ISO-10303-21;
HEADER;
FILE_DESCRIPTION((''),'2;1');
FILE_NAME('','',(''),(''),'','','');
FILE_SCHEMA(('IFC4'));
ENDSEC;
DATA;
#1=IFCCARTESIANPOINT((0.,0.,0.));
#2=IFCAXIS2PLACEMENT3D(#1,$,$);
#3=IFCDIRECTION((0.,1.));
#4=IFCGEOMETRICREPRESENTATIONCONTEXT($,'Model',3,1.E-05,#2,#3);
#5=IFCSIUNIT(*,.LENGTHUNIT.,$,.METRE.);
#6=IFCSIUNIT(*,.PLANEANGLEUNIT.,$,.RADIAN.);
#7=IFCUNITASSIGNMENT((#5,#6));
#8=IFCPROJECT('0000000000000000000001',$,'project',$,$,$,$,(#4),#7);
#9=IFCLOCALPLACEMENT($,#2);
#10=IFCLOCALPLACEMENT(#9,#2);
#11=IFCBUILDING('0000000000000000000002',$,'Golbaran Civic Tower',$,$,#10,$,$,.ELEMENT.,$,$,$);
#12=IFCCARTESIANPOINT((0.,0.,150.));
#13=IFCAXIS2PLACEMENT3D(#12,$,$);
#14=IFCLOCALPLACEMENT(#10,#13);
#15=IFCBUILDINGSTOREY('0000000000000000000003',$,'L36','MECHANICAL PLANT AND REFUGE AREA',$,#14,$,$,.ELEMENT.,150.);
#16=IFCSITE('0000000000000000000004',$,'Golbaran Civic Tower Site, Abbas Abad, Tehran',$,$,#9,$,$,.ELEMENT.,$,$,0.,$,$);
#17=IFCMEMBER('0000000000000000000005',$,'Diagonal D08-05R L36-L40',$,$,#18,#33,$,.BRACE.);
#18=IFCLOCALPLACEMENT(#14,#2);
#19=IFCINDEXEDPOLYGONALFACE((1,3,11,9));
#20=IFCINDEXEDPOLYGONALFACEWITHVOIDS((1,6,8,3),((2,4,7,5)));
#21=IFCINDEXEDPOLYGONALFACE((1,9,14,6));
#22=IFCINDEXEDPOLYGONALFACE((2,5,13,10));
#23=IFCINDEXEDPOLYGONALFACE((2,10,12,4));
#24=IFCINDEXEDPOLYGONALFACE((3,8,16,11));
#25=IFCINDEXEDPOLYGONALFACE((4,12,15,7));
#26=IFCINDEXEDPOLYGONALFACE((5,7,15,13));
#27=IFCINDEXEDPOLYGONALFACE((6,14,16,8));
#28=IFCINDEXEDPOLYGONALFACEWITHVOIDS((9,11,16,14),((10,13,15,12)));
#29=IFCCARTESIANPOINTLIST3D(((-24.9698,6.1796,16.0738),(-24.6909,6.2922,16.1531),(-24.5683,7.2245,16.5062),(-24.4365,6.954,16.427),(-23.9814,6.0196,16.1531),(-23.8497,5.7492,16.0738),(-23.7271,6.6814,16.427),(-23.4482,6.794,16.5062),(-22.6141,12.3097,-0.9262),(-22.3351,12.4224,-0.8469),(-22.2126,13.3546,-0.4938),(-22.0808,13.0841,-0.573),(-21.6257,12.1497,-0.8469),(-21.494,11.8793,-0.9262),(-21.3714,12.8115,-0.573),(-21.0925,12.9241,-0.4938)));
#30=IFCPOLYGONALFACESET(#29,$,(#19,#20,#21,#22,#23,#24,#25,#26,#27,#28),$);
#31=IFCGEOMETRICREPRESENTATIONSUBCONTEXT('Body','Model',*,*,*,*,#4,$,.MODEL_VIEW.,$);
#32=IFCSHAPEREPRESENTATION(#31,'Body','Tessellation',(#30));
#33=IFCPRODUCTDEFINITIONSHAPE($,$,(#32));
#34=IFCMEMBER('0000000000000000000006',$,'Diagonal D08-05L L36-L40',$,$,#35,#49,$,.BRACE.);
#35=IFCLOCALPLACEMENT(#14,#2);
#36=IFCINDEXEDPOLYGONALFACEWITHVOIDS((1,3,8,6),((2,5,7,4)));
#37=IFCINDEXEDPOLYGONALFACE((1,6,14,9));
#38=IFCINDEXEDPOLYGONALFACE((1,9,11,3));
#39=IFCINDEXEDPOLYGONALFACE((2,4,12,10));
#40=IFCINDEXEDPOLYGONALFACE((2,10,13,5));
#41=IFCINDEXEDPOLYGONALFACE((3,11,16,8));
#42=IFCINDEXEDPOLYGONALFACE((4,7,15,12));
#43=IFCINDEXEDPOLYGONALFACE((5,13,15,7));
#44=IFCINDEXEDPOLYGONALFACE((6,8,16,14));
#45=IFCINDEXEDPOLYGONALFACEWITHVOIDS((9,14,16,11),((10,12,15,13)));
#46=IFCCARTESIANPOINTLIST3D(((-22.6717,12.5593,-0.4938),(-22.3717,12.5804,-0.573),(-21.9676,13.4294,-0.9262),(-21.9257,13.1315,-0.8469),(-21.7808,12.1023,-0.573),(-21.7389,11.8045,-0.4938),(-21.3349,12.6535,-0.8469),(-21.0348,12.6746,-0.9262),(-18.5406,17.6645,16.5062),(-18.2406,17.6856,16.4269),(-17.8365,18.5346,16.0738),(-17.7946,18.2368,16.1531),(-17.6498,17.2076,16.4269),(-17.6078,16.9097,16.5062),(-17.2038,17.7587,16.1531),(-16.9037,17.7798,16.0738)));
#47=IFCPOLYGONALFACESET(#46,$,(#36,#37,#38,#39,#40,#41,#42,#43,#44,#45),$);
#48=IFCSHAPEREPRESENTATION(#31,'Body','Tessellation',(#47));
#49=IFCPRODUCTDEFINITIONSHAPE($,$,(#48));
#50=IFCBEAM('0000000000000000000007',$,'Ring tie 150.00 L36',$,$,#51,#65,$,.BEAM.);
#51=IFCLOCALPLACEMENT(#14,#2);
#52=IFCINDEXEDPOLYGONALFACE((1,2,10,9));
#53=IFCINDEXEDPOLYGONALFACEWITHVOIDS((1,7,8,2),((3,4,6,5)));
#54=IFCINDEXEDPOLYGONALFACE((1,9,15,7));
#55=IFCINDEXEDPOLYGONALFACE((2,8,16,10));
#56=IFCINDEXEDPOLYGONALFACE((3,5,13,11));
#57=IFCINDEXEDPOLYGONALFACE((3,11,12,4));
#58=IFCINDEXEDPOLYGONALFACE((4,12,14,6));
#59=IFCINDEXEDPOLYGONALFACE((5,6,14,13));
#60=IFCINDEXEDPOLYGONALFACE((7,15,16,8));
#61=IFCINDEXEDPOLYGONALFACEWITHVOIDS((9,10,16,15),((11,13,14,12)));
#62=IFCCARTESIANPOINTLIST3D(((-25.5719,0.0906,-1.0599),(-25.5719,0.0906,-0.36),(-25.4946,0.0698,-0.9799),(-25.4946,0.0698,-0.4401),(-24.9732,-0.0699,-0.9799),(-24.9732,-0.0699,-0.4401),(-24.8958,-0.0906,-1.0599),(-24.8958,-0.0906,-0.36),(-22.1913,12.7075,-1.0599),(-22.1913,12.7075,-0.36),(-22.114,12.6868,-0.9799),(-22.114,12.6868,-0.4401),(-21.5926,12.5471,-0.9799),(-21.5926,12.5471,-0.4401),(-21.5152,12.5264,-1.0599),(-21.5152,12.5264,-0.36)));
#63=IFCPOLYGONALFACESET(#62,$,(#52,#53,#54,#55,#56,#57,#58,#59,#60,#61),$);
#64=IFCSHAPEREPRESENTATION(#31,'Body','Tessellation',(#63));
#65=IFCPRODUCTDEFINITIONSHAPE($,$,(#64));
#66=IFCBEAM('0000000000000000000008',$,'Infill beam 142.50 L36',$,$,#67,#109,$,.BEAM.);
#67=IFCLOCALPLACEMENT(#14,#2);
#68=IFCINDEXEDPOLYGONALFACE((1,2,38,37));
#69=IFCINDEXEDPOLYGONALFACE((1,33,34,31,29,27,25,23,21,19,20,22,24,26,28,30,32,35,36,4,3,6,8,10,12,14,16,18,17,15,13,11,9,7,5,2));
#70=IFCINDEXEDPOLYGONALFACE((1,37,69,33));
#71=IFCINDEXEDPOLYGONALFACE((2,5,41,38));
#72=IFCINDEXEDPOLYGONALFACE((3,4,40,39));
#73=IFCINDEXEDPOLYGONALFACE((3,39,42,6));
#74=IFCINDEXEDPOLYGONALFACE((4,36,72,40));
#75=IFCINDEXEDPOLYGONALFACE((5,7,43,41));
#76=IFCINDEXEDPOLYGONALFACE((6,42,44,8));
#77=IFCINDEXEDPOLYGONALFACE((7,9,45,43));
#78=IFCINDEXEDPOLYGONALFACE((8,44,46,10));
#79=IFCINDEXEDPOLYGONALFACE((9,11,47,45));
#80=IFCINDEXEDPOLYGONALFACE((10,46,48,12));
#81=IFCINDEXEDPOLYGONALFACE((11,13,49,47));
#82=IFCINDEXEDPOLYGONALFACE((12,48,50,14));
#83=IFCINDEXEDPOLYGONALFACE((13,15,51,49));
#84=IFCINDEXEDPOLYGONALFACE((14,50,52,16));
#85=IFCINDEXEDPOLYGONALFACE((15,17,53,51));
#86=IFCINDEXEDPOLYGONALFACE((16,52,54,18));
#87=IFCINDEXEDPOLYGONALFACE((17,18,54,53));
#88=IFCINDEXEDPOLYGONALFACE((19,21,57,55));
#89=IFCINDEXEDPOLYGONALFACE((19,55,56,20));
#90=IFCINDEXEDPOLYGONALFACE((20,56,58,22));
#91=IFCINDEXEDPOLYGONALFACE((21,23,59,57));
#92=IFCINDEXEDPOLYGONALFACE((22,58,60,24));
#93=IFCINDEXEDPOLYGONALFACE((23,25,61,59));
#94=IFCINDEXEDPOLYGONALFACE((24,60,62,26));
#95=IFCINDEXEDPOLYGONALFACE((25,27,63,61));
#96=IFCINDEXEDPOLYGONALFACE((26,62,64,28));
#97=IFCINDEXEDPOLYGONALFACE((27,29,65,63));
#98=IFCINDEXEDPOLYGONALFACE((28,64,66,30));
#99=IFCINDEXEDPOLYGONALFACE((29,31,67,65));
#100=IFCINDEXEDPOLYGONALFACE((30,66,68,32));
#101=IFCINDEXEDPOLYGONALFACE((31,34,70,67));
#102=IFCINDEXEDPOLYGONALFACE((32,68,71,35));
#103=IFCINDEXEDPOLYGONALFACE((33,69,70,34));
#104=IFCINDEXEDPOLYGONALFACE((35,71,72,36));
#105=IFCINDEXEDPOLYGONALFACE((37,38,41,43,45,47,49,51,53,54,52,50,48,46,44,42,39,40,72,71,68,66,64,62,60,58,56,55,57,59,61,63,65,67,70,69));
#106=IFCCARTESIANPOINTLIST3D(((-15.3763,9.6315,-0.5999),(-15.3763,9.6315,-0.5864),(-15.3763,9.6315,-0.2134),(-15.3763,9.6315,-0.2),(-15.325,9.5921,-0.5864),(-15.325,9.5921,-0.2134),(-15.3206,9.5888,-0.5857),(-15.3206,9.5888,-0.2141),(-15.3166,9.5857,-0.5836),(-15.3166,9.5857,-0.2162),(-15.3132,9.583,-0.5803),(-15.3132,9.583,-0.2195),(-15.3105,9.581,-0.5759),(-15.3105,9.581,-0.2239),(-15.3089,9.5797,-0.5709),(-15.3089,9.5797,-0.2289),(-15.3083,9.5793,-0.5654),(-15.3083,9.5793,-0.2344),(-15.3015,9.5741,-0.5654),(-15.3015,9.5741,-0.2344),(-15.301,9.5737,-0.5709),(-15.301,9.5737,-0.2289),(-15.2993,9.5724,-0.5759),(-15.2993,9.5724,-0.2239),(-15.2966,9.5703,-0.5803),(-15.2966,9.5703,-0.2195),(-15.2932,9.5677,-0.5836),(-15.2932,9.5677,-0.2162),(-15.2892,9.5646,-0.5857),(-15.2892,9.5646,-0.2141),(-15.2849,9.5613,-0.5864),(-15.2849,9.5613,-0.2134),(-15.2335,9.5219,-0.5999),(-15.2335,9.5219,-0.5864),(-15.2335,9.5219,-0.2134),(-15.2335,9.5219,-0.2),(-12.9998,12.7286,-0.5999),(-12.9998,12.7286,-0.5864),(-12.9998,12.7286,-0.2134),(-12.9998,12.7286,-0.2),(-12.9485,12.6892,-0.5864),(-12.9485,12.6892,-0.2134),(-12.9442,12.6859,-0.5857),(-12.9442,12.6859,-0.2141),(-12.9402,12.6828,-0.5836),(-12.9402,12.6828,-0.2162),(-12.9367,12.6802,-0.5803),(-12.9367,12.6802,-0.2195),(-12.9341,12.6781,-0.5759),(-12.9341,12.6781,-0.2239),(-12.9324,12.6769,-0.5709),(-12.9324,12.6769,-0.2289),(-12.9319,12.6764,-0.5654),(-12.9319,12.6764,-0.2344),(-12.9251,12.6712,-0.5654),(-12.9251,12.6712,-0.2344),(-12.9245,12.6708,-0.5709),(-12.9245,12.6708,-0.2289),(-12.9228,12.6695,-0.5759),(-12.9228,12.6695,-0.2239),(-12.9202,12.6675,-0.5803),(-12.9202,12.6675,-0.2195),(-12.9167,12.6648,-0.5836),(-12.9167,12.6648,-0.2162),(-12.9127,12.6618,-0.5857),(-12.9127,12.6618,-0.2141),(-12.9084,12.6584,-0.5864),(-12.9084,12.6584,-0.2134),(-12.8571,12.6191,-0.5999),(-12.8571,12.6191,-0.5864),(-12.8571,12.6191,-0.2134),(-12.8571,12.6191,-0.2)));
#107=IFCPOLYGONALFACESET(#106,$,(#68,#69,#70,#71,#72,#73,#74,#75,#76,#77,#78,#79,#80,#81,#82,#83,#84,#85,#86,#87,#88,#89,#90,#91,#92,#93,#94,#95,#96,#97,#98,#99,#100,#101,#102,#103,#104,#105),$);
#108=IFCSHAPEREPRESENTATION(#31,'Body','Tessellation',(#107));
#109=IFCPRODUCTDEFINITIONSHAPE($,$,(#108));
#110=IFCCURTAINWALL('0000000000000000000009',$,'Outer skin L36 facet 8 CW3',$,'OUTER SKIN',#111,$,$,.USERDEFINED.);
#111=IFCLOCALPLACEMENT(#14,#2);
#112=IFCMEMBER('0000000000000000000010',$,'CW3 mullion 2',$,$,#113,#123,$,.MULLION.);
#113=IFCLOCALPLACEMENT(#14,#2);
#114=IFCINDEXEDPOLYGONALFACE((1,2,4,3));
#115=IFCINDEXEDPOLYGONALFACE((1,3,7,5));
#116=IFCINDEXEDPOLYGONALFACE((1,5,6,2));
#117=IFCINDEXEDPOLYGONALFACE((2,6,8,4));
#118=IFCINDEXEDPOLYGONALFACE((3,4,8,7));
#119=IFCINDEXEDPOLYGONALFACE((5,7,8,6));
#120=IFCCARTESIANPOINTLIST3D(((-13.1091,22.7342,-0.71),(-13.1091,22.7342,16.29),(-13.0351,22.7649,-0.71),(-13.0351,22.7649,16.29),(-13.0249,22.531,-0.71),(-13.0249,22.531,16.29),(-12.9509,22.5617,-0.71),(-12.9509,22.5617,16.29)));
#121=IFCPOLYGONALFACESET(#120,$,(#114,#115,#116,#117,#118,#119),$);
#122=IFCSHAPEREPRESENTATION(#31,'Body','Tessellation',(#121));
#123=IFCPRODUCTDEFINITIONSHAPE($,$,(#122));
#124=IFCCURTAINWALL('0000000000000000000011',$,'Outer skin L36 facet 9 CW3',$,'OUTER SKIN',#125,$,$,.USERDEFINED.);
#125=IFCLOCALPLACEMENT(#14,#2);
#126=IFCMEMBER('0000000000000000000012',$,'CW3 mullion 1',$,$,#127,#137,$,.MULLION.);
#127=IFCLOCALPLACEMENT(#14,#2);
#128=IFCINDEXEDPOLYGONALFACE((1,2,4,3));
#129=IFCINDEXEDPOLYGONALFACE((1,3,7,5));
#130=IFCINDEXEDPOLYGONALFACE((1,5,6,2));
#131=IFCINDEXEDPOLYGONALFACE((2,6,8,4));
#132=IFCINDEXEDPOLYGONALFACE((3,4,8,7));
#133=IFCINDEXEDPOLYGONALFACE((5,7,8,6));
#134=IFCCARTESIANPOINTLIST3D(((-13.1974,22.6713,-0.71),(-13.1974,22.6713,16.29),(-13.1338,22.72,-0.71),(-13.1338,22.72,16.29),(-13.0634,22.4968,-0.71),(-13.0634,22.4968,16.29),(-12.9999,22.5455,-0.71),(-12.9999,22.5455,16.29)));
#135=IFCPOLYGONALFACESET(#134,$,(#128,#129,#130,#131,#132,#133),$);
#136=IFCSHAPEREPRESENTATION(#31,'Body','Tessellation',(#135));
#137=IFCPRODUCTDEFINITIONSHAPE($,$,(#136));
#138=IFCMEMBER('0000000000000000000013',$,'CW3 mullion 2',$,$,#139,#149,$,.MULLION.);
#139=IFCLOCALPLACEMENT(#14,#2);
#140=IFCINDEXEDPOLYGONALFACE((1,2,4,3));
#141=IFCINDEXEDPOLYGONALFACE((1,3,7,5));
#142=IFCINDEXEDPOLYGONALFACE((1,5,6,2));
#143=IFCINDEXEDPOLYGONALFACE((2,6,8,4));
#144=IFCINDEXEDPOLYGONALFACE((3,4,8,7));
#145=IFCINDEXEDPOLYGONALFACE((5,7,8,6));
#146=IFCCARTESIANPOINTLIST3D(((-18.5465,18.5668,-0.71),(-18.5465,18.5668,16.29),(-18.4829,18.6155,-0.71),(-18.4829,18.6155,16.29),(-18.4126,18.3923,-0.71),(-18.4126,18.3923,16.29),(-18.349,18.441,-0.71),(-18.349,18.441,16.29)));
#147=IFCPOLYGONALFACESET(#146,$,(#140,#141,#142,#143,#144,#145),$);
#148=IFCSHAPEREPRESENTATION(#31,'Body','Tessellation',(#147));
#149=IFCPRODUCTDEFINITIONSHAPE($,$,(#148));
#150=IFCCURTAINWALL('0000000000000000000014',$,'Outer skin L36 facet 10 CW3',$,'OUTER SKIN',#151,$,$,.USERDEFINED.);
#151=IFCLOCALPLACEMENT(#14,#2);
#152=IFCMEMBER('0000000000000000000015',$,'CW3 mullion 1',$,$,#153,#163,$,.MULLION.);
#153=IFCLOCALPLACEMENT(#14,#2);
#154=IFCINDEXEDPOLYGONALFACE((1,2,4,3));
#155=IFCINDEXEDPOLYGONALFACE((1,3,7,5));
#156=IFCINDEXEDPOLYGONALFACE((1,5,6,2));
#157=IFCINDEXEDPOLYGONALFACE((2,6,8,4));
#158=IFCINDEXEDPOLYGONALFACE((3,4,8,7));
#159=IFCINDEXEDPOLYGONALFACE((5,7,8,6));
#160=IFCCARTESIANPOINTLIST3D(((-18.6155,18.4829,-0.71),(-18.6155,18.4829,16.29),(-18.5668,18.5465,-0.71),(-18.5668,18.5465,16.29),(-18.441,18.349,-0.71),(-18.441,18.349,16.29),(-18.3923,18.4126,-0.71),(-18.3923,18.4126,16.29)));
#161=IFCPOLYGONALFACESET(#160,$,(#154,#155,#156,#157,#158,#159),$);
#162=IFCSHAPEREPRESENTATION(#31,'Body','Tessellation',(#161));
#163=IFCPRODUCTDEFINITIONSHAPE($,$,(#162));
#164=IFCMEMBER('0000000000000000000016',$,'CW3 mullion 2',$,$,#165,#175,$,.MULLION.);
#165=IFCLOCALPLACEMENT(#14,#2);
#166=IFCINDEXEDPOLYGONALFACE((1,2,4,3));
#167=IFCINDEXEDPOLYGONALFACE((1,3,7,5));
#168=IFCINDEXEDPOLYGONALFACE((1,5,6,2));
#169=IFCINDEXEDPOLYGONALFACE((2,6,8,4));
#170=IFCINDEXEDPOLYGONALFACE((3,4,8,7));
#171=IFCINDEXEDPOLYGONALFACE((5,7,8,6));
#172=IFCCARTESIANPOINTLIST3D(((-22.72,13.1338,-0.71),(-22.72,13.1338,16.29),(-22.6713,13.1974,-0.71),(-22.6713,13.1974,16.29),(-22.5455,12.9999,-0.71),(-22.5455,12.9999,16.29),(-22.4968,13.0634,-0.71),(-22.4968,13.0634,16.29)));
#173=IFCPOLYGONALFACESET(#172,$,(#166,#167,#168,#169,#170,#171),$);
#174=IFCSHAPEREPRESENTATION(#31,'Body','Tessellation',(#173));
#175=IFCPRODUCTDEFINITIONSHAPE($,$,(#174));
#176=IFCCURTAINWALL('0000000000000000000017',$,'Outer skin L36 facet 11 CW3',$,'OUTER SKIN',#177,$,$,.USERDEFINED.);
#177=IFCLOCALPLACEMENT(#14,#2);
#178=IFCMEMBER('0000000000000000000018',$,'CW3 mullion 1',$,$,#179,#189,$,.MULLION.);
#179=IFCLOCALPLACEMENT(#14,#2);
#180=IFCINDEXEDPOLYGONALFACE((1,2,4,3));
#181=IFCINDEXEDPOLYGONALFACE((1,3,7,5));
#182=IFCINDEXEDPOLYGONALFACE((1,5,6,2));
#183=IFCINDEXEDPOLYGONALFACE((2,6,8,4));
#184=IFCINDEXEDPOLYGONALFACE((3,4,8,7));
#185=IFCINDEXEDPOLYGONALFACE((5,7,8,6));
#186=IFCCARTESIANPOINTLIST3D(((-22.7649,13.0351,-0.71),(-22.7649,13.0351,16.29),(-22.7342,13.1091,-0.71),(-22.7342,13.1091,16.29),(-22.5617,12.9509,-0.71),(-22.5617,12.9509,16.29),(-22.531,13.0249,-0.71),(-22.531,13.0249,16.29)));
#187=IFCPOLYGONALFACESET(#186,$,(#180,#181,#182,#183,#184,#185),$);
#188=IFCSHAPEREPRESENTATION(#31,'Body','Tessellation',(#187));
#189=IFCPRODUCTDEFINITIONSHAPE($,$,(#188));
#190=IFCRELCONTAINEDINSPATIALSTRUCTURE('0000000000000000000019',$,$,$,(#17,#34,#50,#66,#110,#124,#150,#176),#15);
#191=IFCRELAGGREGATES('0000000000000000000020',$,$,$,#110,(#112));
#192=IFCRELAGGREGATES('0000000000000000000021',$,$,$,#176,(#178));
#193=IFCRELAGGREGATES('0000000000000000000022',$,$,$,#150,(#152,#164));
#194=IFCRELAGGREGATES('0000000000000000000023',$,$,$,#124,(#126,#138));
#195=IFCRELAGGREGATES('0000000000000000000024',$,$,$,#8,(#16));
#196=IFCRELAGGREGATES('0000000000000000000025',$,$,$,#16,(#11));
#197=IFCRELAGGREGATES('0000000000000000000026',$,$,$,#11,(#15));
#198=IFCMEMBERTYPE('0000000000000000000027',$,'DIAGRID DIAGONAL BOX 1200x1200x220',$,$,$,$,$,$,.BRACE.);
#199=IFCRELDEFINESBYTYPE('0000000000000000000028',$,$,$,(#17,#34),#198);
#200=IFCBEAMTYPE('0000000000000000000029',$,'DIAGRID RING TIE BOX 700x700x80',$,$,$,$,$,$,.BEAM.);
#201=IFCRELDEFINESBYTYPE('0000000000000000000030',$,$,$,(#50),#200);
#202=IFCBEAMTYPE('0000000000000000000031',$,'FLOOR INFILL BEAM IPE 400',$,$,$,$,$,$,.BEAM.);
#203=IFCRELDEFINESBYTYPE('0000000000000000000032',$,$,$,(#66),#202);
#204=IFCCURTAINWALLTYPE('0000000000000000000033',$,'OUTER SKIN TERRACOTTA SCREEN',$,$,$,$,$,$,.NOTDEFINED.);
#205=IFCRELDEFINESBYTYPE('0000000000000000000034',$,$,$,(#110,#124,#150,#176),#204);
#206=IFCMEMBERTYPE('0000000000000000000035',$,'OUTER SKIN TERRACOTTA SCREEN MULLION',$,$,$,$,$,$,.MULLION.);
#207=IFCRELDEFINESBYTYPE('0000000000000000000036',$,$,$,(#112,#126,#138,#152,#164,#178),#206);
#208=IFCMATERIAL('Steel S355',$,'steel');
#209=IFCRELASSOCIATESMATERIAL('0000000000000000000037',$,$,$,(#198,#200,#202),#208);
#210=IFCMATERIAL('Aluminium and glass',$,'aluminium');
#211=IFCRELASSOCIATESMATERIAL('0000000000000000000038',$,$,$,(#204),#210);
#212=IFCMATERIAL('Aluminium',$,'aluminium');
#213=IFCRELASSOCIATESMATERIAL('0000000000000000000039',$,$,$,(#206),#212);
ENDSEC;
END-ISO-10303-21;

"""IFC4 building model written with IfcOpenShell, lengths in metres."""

from ifc_helpers import new_model, si_unit, direction, frame, origin, origin_2d, place, context, subcontext, project, spatial, rectangle, hollow_rectangle, i_section, extrude, material, material_profile, profile_set, type_object, element, aggregate, save


model = new_model("IFC4")

# Units and contexts
model_context = context("Model", 3, precision=1e-05, world=origin(), true_north=direction((0.0, 1.0)))
body_context = subcontext(model_context, "Body", "Model", "MODEL_VIEW")
ifc_project = project(units=[si_unit("LENGTHUNIT", "METRE"), si_unit("PLANEANGLEUNIT", "RADIAN")], contexts=[model_context])

# Site, building, storey
site_placement = place(None, origin())
site = spatial("IfcSite", under=ifc_project, at=site_placement, Name="Golbaran Civic Tower Site, Abbas Abad, Tehran", CompositionType="ELEMENT", RefElevation=0.0)
building_placement = place(site_placement, origin())
building = spatial("IfcBuilding", under=site, at=building_placement, Name="Golbaran Civic Tower", CompositionType="ELEMENT")
storey_placement = place(building_placement, frame((0.0, 0.0, 150.0)))
storey = spatial("IfcBuildingStorey", under=building, at=storey_placement, Name="L36", Description="MECHANICAL PLANT AND REFUGE AREA", CompositionType="ELEMENT", Elevation=150.0)

# Members
ifc_material_1 = material(Name="Steel S355", Category="steel")
ifc_material_profile_1 = material_profile(ifc_material_1, hollow_rectangle(XDim=1.2, YDim=1.2, WallThickness=0.22, at=origin_2d()), Name="BOX 1200x1200x220")
ifc_profile_set_1 = profile_set([ifc_material_profile_1], Name="Steel S355")
member_type_1 = type_object("IfcMemberType", Name="DIAGRID DIAGONAL BOX 1200x1200x220", PredefinedType="BRACE", material=ifc_profile_set_1)
for number, where, z_axis, x_axis, name in (
    (1, (-21.8533, 12.6169, -0.71), (-0.129262, -0.33637, 0.932817), (0.933449, -0.35871, 0.0), "Diagonal D08-05R L36-L40"),
    (2, (-21.8533, 12.6169, -0.71), (0.22668, 0.280131, 0.932815), (-0.777371, 0.629042, 0.0), "Diagonal D08-05L L36-L40"),
):
    element("IfcMember", number, at=place(storey_placement, frame(where, z_axis=z_axis, x_axis=x_axis)), inside=storey, type_object=member_type_1, Name=name, PredefinedType="BRACE", context=body_context, shape_type="SweptSolid", body=[
        extrude(hollow_rectangle(XDim=1.2, YDim=1.2, WallThickness=0.22, at=origin_2d()), origin(), (0.0, 0.0, 1.0), 18.2244),
    ])

# Beams
ifc_material_profile_2 = material_profile(ifc_material_1, hollow_rectangle(XDim=0.7, YDim=0.7, WallThickness=0.0801, at=origin_2d()), Name="BOX 700x700x80")
ifc_profile_set_2 = profile_set([ifc_material_profile_2], Name="Steel S355")
beam_type_1 = type_object("IfcBeamType", Name="DIAGRID RING TIE BOX 700x700x80", PredefinedType="BEAM", material=ifc_profile_set_2)
beam_1_placement = place(storey_placement, frame((-21.8533, 12.6169, -0.71), z_axis=(-0.258813, -0.965927, 0.0), x_axis=(0.965927, -0.258813, 0.0)))
element("IfcBeam", 3, at=beam_1_placement, inside=storey, type_object=beam_type_1, Name="Ring tie 150.00 L36", PredefinedType="BEAM", context=body_context, shape_type="SweptSolid", body=[
    extrude(hollow_rectangle(XDim=0.7, YDim=0.7, WallThickness=0.0801, at=origin_2d()), origin(), (0.0, 0.0, 1.0), 13.062),
])
ifc_material_profile_3 = material_profile(ifc_material_1, i_section(OverallWidth=0.1799, OverallDepth=0.3999, WebThickness=0.0085, FlangeThickness=0.0134, FilletRadius=0.021, at=origin_2d()), Name="IPE 400")
ifc_profile_set_3 = profile_set([ifc_material_profile_3], Name="Steel S355")
beam_type_2 = type_object("IfcBeamType", Name="FLOOR INFILL BEAM IPE 400", PredefinedType="BEAM", material=ifc_profile_set_3)
beam_2_placement = place(storey_placement, frame((-12.9285, 12.6738, -0.3999), z_axis=(-0.608749, -0.793363, 0.0), x_axis=(0.793363, -0.608749, 0.0)))
element("IfcBeam", 4, at=beam_2_placement, inside=storey, type_object=beam_type_2, Name="Infill beam 142.50 L36", PredefinedType="BEAM", context=body_context, shape_type="SweptSolid", body=[
    extrude(i_section(OverallWidth=0.1799, OverallDepth=0.3999, WebThickness=0.0085, FlangeThickness=0.0134, FilletRadius=0.021, at=origin_2d()), origin(), (0.0, 0.0, 1.0), 3.9038),
])

# Curtain wall, member
ifc_material_2 = material(Name="Aluminium and glass", Category="aluminium")
curtain_wall_type_1 = type_object("IfcCurtainWallType", Name="OUTER SKIN TERRACOTTA SCREEN", PredefinedType="NOTDEFINED", material=ifc_material_2)
curtain_wall_1_placement = place(storey_placement, origin())
curtain_wall_1 = element("IfcCurtainWall", 5, at=curtain_wall_1_placement, inside=storey, type_object=curtain_wall_type_1, Name="Outer skin L36 facet 8 CW3", ObjectType="OUTER SKIN", PredefinedType="USERDEFINED")
ifc_material_3 = material(Name="Aluminium", Category="aluminium")
ifc_material_profile_4 = material_profile(ifc_material_3, rectangle(XDim=0.22, YDim=0.0801, at=origin_2d()), Name="OUTER SKIN TERRACOTTA SCREEN MULLION")
ifc_profile_set_4 = profile_set([ifc_material_profile_4], Name="Aluminium")
member_type_2 = type_object("IfcMemberType", Name="OUTER SKIN TERRACOTTA SCREEN MULLION", PredefinedType="MULLION", material=ifc_profile_set_4)
member_1_placement = place(storey_placement, frame((-13.03, 22.6479, -0.71), z_axis=(0.0, 0.0, 1.0), x_axis=(0.382683, -0.92388, 0.0)))
member_1 = element("IfcMember", 6, at=member_1_placement, type_object=member_type_2, Name="CW3 mullion 2", PredefinedType="MULLION", context=body_context, shape_type="SweptSolid", body=[
    extrude(rectangle(XDim=0.22, YDim=0.0801, at=origin_2d()), origin(), (0.0, 0.0, 1.0), 17.0),
])
aggregate(curtain_wall_1, [member_1])

# Curtain walls, members
curtain_wall_2_placement = place(storey_placement, origin())
curtain_wall_2 = element("IfcCurtainWall", 7, at=curtain_wall_2_placement, inside=storey, type_object=curtain_wall_type_1, Name="Outer skin L36 facet 9 CW3", ObjectType="OUTER SKIN", PredefinedType="USERDEFINED")
member_2_placement = place(storey_placement, frame((-13.0986, 22.6084, -0.71), z_axis=(0.0, 0.0, 1.0), x_axis=(0.608761, -0.793353, 0.0)))
member_2 = element("IfcMember", 8, at=member_2_placement, type_object=member_type_2, Name="CW3 mullion 1", PredefinedType="MULLION", context=body_context, shape_type="SweptSolid", body=[
    extrude(rectangle(XDim=0.22, YDim=0.0801, at=origin_2d()), origin(), (0.0, 0.0, 1.0), 17.0),
])
member_3_placement = place(storey_placement, frame((-18.4478, 18.5039, -0.71), z_axis=(0.0, 0.0, 1.0), x_axis=(0.608761, -0.793353, 0.0)))
member_3 = element("IfcMember", 9, at=member_3_placement, type_object=member_type_2, Name="CW3 mullion 2", PredefinedType="MULLION", context=body_context, shape_type="SweptSolid", body=[
    extrude(rectangle(XDim=0.22, YDim=0.0801, at=origin_2d()), origin(), (0.0, 0.0, 1.0), 17.0),
])
curtain_wall_3_placement = place(storey_placement, origin())
curtain_wall_3 = element("IfcCurtainWall", 10, at=curtain_wall_3_placement, inside=storey, type_object=curtain_wall_type_1, Name="Outer skin L36 facet 10 CW3", ObjectType="OUTER SKIN", PredefinedType="USERDEFINED")
member_4_placement = place(storey_placement, frame((-18.5039, 18.4478, -0.71), z_axis=(0.0, 0.0, 1.0), x_axis=(0.793353, -0.608761, 0.0)))
member_4 = element("IfcMember", 11, at=member_4_placement, type_object=member_type_2, Name="CW3 mullion 1", PredefinedType="MULLION", context=body_context, shape_type="SweptSolid", body=[
    extrude(rectangle(XDim=0.22, YDim=0.0801, at=origin_2d()), origin(), (0.0, 0.0, 1.0), 17.0),
])
member_5_placement = place(storey_placement, frame((-22.6084, 13.0986, -0.71), z_axis=(0.0, 0.0, 1.0), x_axis=(0.793353, -0.608761, 0.0)))
member_5 = element("IfcMember", 12, at=member_5_placement, type_object=member_type_2, Name="CW3 mullion 2", PredefinedType="MULLION", context=body_context, shape_type="SweptSolid", body=[
    extrude(rectangle(XDim=0.22, YDim=0.0801, at=origin_2d()), origin(), (0.0, 0.0, 1.0), 17.0),
])

# Curtain wall, member
curtain_wall_4_placement = place(storey_placement, origin())
curtain_wall_4 = element("IfcCurtainWall", 13, at=curtain_wall_4_placement, inside=storey, type_object=curtain_wall_type_1, Name="Outer skin L36 facet 11 CW3", ObjectType="OUTER SKIN", PredefinedType="USERDEFINED")
member_6_placement = place(storey_placement, frame((-22.6479, 13.03, -0.71), z_axis=(0.0, 0.0, 1.0), x_axis=(0.92388, -0.382683, 0.0)))
member_6 = element("IfcMember", 14, at=member_6_placement, type_object=member_type_2, Name="CW3 mullion 1", PredefinedType="MULLION", context=body_context, shape_type="SweptSolid", body=[
    extrude(rectangle(XDim=0.22, YDim=0.0801, at=origin_2d()), origin(), (0.0, 0.0, 1.0), 17.0),
])

aggregate(curtain_wall_4, [member_6])

aggregate(curtain_wall_3, [member_4, member_5])
aggregate(curtain_wall_2, [member_2, member_3])

save(model, "model.ifc")
